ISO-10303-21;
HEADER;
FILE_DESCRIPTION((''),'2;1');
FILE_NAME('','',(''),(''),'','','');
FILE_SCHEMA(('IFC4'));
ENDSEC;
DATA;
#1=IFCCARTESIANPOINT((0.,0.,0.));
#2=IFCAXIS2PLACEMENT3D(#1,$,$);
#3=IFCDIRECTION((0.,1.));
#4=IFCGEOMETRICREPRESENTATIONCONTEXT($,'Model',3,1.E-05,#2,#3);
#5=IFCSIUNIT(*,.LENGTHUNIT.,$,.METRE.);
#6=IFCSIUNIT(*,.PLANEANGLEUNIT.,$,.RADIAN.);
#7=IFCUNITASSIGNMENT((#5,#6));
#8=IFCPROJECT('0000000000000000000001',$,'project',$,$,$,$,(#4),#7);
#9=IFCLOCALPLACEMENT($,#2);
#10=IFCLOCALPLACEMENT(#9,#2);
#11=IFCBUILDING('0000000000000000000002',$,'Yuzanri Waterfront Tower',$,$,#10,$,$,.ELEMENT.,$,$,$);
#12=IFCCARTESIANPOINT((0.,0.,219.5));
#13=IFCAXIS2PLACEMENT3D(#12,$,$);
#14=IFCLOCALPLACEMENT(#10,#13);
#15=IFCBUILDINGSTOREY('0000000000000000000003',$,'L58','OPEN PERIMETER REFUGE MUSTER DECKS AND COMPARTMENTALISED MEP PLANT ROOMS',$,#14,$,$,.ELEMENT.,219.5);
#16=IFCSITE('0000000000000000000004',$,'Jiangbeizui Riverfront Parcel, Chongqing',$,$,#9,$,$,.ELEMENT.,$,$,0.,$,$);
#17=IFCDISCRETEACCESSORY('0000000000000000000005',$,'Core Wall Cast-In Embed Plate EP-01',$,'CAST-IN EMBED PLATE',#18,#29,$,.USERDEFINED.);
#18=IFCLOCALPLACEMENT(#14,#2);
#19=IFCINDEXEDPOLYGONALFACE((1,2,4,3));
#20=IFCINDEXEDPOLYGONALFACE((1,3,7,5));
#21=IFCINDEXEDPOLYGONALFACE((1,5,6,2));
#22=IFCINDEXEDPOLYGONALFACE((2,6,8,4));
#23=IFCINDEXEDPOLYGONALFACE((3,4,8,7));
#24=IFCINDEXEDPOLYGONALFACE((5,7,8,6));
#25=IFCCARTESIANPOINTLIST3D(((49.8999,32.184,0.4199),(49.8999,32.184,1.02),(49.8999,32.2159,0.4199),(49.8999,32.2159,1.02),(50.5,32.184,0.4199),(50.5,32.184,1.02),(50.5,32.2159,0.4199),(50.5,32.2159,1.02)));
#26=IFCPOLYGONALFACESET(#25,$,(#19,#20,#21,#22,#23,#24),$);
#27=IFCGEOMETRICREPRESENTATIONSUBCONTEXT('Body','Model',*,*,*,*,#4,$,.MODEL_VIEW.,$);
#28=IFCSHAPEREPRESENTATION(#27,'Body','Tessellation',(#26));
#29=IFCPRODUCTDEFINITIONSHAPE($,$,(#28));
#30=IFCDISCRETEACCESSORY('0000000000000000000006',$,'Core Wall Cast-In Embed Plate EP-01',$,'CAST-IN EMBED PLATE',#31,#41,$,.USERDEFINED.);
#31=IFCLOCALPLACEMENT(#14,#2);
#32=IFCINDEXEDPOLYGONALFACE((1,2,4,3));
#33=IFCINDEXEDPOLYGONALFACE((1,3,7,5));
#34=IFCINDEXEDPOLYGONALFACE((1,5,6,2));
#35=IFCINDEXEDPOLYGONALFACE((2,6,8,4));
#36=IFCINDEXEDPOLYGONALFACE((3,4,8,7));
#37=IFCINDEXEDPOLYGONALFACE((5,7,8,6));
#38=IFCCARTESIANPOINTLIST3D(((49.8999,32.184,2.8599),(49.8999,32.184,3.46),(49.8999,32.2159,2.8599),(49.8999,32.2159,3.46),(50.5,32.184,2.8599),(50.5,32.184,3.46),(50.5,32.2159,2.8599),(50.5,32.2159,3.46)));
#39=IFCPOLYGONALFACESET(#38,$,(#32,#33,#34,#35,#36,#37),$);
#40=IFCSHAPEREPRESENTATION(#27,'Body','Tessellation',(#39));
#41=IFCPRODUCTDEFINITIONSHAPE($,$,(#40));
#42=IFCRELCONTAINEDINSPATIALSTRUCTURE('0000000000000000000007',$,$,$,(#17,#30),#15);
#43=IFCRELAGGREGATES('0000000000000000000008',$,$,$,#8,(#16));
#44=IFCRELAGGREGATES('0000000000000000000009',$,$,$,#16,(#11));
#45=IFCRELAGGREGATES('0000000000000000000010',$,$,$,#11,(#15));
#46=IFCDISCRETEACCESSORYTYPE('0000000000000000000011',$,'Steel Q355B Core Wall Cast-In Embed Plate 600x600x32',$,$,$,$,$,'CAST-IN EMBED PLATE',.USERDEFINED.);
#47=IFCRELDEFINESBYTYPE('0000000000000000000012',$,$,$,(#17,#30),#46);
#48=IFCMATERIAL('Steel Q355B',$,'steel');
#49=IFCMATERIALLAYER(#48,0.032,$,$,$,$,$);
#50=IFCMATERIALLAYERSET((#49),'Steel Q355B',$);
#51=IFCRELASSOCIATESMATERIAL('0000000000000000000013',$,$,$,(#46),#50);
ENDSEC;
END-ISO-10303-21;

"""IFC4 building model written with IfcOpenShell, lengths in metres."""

from ifc_helpers import new_model, si_unit, direction, frame, origin, origin_2d, place, context, subcontext, project, spatial, rectangle, extrude, source, transform, mapped, material, layer, layer_set, type_object, element, save


model = new_model("IFC4")

# Units and contexts
model_context = context("Model", 3, precision=1e-05, world=origin(), true_north=direction((0.0, 1.0)))
body_context = subcontext(model_context, "Body", "Model", "MODEL_VIEW")
ifc_project = project(units=[si_unit("LENGTHUNIT", "METRE"), si_unit("PLANEANGLEUNIT", "RADIAN")], contexts=[model_context])

# Site, building, storey
site_placement = place(None, origin())
site = spatial("IfcSite", under=ifc_project, at=site_placement, Name="Jiangbeizui Riverfront Parcel, Chongqing", CompositionType="ELEMENT", RefElevation=0.0)
building_placement = place(site_placement, origin())
building = spatial("IfcBuilding", under=site, at=building_placement, Name="Yuzanri Waterfront Tower", CompositionType="ELEMENT")
storey_placement = place(building_placement, frame((0.0, 0.0, 219.5)))
storey = spatial("IfcBuildingStorey", under=building, at=storey_placement, Name="L58", Description="OPEN PERIMETER REFUGE MUSTER DECKS AND COMPARTMENTALISED MEP PLANT ROOMS", CompositionType="ELEMENT", Elevation=219.5)

# Discrete accessories
ifc_material_1 = material(Name="Steel Q355B", Category="steel")
ifc_layer_1 = layer(ifc_material_1, 0.032)
ifc_layer_set_1 = layer_set([ifc_layer_1], Name="Steel Q355B")
discrete_accessory_type = type_object("IfcDiscreteAccessoryType", Name="Steel Q355B Core Wall Cast-In Embed Plate 600x600x32", ElementType="CAST-IN EMBED PLATE", PredefinedType="USERDEFINED", material=ifc_layer_set_1)
shared_shape_1 = source(origin(), body_context, "Body", "SweptSolid", [
    extrude(rectangle(XDim=0.6001, YDim=0.032, at=origin_2d()), origin(), (0.0, 0.0, 1.0), 0.6001),
])
for number, where, z_axis, x_axis, name in (
    (1, (50.2, 32.2, 0.4199), (0.0, 0.0, 1.0), (1.0, 0.0, 0.0), "Core Wall Cast-In Embed Plate EP-01"),
    (2, (50.2, 32.2, 2.8599), (0.0, 0.0, 1.0), (1.0, 0.0, 0.0), "Core Wall Cast-In Embed Plate EP-01"),
):
    element("IfcDiscreteAccessory", number, at=place(storey_placement, frame(where, z_axis=z_axis, x_axis=x_axis)), inside=storey, type_object=discrete_accessory_type, Name=name, ObjectType="CAST-IN EMBED PLATE", PredefinedType="USERDEFINED", context=body_context, shape_type="MappedRepresentation", body=[
        mapped(shared_shape_1, transform((0.0, 0.0, 0.0), scale=1.0)),
    ])

save(model, "model.ifc")
